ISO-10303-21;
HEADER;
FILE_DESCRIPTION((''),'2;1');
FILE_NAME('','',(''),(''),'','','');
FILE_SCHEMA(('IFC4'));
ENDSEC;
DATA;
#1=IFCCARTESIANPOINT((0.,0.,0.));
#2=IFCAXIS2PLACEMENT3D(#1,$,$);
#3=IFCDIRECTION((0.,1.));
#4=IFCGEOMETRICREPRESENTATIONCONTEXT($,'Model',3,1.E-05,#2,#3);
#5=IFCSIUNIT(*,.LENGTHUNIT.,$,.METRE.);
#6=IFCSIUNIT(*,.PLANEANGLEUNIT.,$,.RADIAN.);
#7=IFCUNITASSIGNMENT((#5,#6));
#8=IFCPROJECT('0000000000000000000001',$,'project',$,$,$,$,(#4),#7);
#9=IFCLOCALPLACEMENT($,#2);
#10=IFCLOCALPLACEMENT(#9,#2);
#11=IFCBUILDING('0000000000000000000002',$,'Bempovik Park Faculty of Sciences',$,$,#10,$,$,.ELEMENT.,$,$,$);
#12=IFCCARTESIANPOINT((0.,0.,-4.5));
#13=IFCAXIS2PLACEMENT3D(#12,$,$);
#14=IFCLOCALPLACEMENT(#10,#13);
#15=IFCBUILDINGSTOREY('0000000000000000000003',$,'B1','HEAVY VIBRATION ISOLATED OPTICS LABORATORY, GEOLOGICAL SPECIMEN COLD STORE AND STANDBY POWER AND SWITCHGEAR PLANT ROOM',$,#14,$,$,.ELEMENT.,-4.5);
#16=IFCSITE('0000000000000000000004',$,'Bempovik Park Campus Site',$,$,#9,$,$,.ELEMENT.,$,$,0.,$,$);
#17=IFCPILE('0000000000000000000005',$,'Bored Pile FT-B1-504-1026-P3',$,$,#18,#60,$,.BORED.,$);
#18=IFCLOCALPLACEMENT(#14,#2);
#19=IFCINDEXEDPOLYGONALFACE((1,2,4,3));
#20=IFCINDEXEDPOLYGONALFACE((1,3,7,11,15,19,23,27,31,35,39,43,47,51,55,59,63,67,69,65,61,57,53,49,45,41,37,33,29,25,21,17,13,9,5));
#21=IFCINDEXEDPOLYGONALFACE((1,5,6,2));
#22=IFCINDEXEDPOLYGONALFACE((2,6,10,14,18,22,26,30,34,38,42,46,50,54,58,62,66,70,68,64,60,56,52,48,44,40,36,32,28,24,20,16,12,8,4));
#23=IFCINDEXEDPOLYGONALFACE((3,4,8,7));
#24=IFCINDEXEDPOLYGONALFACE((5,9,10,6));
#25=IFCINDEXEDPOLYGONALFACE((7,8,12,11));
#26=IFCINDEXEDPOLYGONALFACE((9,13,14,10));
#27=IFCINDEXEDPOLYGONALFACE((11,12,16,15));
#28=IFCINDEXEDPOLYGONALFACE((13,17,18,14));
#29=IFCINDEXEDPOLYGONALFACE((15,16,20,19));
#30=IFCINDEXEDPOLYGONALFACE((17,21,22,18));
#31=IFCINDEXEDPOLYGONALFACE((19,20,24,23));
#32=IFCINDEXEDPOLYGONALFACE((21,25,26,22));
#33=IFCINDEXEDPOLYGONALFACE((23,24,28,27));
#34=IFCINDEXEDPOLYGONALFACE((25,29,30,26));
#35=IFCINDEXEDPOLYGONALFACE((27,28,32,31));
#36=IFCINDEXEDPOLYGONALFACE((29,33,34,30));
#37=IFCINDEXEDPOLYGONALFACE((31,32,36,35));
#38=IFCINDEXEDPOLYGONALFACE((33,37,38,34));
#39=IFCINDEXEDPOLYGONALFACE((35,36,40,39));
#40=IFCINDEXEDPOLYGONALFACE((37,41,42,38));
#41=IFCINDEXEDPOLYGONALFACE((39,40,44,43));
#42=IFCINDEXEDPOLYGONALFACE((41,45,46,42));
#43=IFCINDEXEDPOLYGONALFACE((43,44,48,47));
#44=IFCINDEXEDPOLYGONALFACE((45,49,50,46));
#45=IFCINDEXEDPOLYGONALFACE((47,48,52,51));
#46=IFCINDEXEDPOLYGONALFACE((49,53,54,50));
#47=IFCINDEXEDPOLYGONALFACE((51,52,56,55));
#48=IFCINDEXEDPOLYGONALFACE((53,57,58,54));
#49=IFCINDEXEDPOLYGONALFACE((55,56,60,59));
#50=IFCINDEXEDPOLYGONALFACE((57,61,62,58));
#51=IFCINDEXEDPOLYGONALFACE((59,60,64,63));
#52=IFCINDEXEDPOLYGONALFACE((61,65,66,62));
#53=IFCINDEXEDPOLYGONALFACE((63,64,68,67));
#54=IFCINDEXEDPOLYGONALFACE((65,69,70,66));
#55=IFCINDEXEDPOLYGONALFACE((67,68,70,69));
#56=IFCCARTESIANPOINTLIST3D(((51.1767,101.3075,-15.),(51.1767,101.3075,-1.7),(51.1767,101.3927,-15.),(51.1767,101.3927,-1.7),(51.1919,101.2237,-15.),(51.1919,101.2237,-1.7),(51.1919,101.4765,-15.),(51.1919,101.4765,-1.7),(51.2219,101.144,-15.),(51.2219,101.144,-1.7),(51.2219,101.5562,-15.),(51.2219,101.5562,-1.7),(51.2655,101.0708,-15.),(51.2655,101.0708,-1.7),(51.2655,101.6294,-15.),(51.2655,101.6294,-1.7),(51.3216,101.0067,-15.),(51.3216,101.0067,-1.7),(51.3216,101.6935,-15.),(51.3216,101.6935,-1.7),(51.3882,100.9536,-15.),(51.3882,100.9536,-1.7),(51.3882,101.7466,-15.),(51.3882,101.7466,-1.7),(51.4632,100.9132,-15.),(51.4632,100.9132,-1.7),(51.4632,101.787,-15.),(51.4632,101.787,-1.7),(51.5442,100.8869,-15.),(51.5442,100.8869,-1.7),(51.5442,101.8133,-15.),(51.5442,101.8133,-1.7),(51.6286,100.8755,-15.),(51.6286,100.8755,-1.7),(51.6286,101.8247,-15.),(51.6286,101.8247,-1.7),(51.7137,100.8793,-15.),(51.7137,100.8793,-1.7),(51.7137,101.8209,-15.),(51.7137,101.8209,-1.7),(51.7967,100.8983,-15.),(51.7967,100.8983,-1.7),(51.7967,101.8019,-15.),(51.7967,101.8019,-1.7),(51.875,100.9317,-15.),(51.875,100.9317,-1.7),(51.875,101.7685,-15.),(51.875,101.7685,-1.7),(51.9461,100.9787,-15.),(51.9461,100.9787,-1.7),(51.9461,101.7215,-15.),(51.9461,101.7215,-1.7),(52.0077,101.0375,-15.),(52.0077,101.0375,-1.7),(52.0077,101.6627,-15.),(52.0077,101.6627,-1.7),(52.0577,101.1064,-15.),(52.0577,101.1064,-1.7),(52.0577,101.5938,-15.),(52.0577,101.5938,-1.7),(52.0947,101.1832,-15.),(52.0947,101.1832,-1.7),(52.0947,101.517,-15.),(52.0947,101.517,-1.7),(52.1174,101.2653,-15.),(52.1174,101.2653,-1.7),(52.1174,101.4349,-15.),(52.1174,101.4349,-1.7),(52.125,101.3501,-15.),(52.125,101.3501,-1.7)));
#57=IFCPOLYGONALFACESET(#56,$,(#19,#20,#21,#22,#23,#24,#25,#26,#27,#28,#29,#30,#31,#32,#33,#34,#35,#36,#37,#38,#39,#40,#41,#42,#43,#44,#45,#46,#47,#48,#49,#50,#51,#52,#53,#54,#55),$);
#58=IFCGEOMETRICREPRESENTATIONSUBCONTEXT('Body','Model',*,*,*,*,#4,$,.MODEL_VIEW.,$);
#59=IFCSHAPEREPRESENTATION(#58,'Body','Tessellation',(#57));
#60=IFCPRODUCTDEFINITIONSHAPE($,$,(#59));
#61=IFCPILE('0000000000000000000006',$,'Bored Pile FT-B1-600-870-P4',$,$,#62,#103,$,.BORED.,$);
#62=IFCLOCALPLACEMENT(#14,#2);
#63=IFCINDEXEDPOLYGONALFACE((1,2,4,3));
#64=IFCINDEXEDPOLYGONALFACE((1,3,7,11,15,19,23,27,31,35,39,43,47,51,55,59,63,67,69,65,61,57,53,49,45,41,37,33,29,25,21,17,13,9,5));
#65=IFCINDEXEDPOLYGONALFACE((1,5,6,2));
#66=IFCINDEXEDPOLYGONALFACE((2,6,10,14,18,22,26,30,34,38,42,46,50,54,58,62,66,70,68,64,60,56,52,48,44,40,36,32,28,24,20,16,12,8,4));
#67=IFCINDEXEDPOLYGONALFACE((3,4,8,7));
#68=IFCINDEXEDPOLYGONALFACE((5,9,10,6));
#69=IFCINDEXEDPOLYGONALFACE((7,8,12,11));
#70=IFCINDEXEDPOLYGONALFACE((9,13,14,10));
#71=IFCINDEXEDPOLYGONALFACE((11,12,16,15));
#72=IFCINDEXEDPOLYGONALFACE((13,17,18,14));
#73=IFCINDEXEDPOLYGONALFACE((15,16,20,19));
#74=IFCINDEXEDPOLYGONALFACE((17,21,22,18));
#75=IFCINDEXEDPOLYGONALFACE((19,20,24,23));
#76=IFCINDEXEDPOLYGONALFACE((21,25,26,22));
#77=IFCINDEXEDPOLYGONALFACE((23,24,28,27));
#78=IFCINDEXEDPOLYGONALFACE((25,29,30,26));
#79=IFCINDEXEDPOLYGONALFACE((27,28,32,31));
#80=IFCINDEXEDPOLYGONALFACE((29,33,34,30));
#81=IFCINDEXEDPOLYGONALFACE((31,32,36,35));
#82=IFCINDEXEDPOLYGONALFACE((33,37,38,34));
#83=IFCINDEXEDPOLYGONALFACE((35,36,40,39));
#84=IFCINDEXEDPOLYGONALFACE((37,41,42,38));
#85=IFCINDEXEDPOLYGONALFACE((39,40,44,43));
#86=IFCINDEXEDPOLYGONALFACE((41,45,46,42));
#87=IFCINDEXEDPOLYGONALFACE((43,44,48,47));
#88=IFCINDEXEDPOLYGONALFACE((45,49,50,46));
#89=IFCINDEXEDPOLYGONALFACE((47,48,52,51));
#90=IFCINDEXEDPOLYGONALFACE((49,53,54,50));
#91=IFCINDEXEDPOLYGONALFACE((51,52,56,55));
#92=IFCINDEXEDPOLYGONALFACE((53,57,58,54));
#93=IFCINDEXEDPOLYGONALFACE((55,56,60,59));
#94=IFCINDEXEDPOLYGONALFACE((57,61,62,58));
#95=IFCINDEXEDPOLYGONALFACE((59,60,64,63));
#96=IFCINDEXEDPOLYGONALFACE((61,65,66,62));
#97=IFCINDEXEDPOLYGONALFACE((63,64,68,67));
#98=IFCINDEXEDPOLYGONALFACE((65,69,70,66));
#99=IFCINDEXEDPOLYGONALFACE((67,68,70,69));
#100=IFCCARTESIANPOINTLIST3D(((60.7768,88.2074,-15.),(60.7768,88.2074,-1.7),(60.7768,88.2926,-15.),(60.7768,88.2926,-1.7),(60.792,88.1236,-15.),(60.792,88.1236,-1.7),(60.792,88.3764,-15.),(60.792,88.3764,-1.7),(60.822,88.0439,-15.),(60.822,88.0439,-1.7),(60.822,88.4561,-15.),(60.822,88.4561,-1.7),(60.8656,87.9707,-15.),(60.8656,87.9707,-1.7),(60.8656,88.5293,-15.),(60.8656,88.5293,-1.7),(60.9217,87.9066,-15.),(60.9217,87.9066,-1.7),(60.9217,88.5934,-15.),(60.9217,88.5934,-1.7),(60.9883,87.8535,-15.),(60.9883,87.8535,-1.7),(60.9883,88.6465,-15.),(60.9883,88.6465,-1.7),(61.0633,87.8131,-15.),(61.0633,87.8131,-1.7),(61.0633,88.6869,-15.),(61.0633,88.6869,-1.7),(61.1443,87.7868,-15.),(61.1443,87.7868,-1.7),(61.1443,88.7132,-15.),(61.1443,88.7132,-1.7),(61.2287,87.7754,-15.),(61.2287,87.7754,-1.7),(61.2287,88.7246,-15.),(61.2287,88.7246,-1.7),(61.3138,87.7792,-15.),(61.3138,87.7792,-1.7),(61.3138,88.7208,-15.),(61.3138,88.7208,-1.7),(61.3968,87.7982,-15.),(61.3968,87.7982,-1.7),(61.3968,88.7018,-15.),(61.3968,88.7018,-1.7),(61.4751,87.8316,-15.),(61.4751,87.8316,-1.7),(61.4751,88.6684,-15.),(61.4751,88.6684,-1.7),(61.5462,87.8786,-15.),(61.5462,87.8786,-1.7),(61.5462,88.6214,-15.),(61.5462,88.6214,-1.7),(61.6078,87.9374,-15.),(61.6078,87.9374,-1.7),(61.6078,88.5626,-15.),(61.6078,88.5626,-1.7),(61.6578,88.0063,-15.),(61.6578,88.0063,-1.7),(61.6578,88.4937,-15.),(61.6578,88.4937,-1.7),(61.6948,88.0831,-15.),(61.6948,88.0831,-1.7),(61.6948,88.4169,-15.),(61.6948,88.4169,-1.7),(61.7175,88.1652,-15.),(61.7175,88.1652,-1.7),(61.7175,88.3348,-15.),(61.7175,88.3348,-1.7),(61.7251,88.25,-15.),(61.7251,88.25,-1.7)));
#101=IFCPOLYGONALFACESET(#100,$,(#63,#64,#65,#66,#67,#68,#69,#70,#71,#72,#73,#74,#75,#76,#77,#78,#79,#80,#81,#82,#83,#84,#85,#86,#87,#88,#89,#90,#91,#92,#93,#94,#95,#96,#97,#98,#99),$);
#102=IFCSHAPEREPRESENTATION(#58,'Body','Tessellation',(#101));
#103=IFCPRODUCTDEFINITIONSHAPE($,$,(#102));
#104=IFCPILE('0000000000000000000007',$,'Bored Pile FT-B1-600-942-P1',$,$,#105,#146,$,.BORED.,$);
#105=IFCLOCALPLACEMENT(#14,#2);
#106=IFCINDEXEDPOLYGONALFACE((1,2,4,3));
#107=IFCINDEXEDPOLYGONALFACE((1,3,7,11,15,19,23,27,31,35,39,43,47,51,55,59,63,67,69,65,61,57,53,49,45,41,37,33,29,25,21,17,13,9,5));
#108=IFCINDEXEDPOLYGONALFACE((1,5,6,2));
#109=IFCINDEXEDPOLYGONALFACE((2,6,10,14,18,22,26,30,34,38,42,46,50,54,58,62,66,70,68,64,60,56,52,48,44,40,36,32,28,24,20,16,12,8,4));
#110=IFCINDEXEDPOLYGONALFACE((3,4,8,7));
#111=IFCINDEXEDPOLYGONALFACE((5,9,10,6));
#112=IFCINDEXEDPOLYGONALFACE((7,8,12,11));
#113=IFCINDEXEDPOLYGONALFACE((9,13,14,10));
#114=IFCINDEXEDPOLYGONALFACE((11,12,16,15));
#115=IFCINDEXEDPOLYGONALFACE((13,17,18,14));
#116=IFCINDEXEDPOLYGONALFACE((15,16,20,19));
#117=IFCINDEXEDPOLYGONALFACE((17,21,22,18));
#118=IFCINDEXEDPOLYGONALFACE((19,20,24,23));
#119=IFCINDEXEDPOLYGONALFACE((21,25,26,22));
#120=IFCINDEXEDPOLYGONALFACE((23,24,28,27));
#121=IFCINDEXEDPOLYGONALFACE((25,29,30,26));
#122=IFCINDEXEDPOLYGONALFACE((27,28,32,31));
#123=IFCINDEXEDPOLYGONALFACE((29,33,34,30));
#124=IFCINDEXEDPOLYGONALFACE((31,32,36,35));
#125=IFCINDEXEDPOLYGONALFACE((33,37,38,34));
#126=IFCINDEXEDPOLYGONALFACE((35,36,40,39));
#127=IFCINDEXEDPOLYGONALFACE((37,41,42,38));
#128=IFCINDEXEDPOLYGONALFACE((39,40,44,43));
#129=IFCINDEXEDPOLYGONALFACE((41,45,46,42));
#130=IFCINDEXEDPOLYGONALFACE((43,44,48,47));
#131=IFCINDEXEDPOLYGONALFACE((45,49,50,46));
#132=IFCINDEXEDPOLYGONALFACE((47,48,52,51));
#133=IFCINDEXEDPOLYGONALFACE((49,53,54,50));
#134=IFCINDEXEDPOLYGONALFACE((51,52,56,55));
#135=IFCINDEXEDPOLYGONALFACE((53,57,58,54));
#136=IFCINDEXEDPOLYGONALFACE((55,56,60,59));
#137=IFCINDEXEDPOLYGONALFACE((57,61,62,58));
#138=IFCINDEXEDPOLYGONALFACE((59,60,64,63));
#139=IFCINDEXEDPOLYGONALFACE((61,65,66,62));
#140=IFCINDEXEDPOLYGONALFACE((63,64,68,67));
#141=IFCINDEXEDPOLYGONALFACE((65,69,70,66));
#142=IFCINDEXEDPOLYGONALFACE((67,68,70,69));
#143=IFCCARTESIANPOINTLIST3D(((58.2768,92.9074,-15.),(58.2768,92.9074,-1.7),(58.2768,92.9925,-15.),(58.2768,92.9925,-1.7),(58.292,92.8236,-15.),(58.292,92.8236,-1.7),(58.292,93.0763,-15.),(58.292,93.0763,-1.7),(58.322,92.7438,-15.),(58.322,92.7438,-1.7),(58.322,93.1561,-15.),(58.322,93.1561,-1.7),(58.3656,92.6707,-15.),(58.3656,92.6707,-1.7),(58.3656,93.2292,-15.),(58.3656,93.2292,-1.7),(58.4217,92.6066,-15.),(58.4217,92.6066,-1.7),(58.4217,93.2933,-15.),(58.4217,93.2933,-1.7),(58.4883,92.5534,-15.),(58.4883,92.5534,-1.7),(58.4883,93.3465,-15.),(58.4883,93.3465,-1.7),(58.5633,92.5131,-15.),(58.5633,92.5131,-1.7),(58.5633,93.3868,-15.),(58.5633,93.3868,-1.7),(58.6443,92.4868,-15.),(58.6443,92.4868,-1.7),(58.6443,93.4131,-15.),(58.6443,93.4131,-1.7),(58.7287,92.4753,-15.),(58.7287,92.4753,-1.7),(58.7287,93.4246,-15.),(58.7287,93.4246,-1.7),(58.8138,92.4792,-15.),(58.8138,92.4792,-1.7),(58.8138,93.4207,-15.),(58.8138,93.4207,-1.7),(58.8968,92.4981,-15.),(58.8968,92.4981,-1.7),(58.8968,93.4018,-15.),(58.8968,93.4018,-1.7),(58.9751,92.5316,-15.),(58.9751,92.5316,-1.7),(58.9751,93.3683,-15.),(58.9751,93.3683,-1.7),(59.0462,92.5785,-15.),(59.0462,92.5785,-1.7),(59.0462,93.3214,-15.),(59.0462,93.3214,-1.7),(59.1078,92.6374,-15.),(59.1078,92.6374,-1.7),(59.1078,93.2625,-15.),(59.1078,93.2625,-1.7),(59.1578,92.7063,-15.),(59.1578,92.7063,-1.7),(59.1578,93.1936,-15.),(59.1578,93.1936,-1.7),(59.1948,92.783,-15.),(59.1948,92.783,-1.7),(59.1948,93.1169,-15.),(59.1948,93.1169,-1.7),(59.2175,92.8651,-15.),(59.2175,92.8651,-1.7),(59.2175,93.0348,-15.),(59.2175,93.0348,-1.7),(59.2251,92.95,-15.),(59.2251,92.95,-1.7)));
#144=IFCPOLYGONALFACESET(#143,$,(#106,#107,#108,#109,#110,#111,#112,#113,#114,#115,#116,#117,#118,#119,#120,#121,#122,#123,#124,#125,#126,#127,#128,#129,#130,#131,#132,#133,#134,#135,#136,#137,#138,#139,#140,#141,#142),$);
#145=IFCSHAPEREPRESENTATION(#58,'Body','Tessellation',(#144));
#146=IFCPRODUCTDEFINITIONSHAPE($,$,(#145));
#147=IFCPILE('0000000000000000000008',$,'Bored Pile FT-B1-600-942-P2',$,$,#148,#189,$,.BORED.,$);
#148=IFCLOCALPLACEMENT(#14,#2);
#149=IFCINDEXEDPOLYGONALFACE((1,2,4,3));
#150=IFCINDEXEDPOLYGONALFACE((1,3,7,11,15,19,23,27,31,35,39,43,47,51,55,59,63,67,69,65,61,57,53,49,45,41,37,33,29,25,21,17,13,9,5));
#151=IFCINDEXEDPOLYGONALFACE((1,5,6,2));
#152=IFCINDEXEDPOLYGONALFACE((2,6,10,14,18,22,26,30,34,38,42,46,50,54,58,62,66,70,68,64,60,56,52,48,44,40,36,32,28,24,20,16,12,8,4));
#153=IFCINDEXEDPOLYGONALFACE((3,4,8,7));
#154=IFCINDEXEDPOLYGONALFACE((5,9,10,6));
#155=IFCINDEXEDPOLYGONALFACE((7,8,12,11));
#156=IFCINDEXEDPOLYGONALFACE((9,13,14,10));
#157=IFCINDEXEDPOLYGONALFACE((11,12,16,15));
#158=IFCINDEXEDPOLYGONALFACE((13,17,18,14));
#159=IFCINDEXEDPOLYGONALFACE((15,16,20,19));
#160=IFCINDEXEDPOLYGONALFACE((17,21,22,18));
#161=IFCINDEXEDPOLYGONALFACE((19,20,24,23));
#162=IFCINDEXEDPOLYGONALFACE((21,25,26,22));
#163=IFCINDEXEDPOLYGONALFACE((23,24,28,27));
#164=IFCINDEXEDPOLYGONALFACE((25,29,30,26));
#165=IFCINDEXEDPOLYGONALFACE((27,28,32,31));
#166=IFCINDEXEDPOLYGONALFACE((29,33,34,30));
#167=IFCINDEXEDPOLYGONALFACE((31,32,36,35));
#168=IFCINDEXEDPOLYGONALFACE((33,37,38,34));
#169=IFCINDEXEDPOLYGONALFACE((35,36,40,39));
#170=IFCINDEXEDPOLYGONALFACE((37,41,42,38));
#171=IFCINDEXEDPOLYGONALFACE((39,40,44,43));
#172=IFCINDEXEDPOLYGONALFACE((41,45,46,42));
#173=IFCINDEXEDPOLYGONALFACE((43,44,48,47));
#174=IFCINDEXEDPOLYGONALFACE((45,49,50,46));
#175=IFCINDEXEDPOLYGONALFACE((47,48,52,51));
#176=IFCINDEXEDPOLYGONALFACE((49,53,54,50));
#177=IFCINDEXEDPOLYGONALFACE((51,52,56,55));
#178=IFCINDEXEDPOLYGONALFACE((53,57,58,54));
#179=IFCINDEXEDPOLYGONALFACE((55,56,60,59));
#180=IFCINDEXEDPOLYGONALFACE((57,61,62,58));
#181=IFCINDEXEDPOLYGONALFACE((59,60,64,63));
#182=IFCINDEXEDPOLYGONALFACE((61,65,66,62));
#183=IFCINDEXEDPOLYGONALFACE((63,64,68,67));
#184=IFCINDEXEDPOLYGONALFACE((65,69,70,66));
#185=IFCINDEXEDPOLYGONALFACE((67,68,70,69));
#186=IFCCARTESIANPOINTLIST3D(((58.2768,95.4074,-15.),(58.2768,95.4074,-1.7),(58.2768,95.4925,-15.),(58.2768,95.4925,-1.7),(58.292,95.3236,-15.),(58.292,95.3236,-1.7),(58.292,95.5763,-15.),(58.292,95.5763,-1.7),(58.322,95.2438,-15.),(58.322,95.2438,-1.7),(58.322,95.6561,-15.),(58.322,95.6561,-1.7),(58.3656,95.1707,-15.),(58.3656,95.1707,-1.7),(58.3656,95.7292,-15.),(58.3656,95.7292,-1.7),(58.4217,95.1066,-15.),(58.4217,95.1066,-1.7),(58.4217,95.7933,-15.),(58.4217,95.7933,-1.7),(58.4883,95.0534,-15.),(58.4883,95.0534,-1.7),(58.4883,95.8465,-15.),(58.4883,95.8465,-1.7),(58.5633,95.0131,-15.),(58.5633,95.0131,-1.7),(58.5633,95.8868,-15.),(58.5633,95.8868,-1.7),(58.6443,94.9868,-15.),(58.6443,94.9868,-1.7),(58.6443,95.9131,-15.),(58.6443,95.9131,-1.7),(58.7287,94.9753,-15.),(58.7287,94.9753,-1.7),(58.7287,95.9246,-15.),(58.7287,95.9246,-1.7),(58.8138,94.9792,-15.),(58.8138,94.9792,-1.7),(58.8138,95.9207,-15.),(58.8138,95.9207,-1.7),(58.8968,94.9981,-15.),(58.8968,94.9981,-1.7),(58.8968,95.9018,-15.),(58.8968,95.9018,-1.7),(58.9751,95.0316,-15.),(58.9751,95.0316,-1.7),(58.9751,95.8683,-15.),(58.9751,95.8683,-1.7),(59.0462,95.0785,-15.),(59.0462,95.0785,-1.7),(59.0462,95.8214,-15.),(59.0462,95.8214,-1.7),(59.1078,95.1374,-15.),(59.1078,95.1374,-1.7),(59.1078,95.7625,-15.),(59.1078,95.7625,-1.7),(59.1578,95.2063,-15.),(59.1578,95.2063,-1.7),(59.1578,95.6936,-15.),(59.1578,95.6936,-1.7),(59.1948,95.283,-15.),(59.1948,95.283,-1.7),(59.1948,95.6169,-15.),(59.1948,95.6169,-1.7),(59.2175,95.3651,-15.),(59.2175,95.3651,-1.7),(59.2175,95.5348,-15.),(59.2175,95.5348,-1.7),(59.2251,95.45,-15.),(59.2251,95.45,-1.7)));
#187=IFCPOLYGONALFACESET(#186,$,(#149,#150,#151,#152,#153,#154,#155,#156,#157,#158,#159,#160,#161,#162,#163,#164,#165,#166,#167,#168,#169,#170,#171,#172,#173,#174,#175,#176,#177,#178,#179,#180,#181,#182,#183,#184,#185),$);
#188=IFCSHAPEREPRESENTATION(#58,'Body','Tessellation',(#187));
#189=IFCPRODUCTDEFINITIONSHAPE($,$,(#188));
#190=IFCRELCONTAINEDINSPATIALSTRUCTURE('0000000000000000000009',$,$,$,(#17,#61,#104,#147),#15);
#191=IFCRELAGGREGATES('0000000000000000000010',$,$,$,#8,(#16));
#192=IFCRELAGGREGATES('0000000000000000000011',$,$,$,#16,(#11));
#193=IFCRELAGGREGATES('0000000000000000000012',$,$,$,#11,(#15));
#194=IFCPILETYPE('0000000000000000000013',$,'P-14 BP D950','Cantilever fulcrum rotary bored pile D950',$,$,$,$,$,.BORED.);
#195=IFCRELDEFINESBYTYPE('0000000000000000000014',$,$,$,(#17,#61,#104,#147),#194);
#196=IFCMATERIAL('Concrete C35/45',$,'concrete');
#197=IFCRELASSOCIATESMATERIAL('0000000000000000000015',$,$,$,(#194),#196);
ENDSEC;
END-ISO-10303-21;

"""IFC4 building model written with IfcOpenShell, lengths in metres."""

from ifc_helpers import new_model, si_unit, direction, frame, origin, origin_2d, place, context, subcontext, project, spatial, circle, extrude, material, material_profile, profile_set, type_object, element, save


model = new_model("IFC4")

# Units and contexts
model_context = context("Model", 3, precision=1e-05, world=origin(), true_north=direction((0.0, 1.0)))
body_context = subcontext(model_context, "Body", "Model", "MODEL_VIEW")
ifc_project = project(units=[si_unit("LENGTHUNIT", "METRE"), si_unit("PLANEANGLEUNIT", "RADIAN")], contexts=[model_context])

# Site, building, storey
site_placement = place(None, origin())
site = spatial("IfcSite", under=ifc_project, at=site_placement, Name="Bempovik Park Campus Site", CompositionType="ELEMENT", RefElevation=0.0)
building_placement = place(site_placement, origin())
building = spatial("IfcBuilding", under=site, at=building_placement, Name="Bempovik Park Faculty of Sciences", CompositionType="ELEMENT")
storey_placement = place(building_placement, frame((0.0, 0.0, -4.5)))
storey = spatial("IfcBuildingStorey", under=building, at=storey_placement, Name="B1", Description="HEAVY VIBRATION ISOLATED OPTICS LABORATORY, GEOLOGICAL SPECIMEN COLD STORE AND STANDBY POWER AND SWITCHGEAR PLANT ROOM", CompositionType="ELEMENT", Elevation=-4.5)

# Shared definitions
ifc_material_1 = material(Name="Concrete C35/45", Category="concrete")

# Piles
ifc_material_profile_1 = material_profile(ifc_material_1, circle(Radius=0.4751, at=origin_2d()), Name="BP D950")
ifc_profile_set_1 = profile_set([ifc_material_profile_1], Name="Concrete C35/45")
pile_type = type_object("IfcPileType", Name="P-14 BP D950", Description="Cantilever fulcrum rotary bored pile D950", PredefinedType="BORED", material=ifc_profile_set_1)
for number, where, z_axis, x_axis, name in (
    (1, (51.6499, 101.3501, -1.7), (0.0, 0.0, -1.0), (1.0, 0.0, 0.0), "Bored Pile FT-B1-504-1026-P3"),
    (2, (61.25, 88.25, -1.7), (0.0, 0.0, -1.0), (1.0, 0.0, 0.0), "Bored Pile FT-B1-600-870-P4"),
    (3, (58.75, 92.95, -1.7), (0.0, 0.0, -1.0), (1.0, 0.0, 0.0), "Bored Pile FT-B1-600-942-P1"),
    (4, (58.75, 95.45, -1.7), (0.0, 0.0, -1.0), (1.0, 0.0, 0.0), "Bored Pile FT-B1-600-942-P2"),
):
    element("IfcPile", number, at=place(storey_placement, frame(where, z_axis=z_axis, x_axis=x_axis)), inside=storey, type_object=pile_type, Name=name, PredefinedType="BORED", context=body_context, shape_type="SweptSolid", body=[
        extrude(circle(Radius=0.4751, at=origin_2d()), origin(), (0.0, 0.0, 1.0), 13.3),
    ])

save(model, "model.ifc")
